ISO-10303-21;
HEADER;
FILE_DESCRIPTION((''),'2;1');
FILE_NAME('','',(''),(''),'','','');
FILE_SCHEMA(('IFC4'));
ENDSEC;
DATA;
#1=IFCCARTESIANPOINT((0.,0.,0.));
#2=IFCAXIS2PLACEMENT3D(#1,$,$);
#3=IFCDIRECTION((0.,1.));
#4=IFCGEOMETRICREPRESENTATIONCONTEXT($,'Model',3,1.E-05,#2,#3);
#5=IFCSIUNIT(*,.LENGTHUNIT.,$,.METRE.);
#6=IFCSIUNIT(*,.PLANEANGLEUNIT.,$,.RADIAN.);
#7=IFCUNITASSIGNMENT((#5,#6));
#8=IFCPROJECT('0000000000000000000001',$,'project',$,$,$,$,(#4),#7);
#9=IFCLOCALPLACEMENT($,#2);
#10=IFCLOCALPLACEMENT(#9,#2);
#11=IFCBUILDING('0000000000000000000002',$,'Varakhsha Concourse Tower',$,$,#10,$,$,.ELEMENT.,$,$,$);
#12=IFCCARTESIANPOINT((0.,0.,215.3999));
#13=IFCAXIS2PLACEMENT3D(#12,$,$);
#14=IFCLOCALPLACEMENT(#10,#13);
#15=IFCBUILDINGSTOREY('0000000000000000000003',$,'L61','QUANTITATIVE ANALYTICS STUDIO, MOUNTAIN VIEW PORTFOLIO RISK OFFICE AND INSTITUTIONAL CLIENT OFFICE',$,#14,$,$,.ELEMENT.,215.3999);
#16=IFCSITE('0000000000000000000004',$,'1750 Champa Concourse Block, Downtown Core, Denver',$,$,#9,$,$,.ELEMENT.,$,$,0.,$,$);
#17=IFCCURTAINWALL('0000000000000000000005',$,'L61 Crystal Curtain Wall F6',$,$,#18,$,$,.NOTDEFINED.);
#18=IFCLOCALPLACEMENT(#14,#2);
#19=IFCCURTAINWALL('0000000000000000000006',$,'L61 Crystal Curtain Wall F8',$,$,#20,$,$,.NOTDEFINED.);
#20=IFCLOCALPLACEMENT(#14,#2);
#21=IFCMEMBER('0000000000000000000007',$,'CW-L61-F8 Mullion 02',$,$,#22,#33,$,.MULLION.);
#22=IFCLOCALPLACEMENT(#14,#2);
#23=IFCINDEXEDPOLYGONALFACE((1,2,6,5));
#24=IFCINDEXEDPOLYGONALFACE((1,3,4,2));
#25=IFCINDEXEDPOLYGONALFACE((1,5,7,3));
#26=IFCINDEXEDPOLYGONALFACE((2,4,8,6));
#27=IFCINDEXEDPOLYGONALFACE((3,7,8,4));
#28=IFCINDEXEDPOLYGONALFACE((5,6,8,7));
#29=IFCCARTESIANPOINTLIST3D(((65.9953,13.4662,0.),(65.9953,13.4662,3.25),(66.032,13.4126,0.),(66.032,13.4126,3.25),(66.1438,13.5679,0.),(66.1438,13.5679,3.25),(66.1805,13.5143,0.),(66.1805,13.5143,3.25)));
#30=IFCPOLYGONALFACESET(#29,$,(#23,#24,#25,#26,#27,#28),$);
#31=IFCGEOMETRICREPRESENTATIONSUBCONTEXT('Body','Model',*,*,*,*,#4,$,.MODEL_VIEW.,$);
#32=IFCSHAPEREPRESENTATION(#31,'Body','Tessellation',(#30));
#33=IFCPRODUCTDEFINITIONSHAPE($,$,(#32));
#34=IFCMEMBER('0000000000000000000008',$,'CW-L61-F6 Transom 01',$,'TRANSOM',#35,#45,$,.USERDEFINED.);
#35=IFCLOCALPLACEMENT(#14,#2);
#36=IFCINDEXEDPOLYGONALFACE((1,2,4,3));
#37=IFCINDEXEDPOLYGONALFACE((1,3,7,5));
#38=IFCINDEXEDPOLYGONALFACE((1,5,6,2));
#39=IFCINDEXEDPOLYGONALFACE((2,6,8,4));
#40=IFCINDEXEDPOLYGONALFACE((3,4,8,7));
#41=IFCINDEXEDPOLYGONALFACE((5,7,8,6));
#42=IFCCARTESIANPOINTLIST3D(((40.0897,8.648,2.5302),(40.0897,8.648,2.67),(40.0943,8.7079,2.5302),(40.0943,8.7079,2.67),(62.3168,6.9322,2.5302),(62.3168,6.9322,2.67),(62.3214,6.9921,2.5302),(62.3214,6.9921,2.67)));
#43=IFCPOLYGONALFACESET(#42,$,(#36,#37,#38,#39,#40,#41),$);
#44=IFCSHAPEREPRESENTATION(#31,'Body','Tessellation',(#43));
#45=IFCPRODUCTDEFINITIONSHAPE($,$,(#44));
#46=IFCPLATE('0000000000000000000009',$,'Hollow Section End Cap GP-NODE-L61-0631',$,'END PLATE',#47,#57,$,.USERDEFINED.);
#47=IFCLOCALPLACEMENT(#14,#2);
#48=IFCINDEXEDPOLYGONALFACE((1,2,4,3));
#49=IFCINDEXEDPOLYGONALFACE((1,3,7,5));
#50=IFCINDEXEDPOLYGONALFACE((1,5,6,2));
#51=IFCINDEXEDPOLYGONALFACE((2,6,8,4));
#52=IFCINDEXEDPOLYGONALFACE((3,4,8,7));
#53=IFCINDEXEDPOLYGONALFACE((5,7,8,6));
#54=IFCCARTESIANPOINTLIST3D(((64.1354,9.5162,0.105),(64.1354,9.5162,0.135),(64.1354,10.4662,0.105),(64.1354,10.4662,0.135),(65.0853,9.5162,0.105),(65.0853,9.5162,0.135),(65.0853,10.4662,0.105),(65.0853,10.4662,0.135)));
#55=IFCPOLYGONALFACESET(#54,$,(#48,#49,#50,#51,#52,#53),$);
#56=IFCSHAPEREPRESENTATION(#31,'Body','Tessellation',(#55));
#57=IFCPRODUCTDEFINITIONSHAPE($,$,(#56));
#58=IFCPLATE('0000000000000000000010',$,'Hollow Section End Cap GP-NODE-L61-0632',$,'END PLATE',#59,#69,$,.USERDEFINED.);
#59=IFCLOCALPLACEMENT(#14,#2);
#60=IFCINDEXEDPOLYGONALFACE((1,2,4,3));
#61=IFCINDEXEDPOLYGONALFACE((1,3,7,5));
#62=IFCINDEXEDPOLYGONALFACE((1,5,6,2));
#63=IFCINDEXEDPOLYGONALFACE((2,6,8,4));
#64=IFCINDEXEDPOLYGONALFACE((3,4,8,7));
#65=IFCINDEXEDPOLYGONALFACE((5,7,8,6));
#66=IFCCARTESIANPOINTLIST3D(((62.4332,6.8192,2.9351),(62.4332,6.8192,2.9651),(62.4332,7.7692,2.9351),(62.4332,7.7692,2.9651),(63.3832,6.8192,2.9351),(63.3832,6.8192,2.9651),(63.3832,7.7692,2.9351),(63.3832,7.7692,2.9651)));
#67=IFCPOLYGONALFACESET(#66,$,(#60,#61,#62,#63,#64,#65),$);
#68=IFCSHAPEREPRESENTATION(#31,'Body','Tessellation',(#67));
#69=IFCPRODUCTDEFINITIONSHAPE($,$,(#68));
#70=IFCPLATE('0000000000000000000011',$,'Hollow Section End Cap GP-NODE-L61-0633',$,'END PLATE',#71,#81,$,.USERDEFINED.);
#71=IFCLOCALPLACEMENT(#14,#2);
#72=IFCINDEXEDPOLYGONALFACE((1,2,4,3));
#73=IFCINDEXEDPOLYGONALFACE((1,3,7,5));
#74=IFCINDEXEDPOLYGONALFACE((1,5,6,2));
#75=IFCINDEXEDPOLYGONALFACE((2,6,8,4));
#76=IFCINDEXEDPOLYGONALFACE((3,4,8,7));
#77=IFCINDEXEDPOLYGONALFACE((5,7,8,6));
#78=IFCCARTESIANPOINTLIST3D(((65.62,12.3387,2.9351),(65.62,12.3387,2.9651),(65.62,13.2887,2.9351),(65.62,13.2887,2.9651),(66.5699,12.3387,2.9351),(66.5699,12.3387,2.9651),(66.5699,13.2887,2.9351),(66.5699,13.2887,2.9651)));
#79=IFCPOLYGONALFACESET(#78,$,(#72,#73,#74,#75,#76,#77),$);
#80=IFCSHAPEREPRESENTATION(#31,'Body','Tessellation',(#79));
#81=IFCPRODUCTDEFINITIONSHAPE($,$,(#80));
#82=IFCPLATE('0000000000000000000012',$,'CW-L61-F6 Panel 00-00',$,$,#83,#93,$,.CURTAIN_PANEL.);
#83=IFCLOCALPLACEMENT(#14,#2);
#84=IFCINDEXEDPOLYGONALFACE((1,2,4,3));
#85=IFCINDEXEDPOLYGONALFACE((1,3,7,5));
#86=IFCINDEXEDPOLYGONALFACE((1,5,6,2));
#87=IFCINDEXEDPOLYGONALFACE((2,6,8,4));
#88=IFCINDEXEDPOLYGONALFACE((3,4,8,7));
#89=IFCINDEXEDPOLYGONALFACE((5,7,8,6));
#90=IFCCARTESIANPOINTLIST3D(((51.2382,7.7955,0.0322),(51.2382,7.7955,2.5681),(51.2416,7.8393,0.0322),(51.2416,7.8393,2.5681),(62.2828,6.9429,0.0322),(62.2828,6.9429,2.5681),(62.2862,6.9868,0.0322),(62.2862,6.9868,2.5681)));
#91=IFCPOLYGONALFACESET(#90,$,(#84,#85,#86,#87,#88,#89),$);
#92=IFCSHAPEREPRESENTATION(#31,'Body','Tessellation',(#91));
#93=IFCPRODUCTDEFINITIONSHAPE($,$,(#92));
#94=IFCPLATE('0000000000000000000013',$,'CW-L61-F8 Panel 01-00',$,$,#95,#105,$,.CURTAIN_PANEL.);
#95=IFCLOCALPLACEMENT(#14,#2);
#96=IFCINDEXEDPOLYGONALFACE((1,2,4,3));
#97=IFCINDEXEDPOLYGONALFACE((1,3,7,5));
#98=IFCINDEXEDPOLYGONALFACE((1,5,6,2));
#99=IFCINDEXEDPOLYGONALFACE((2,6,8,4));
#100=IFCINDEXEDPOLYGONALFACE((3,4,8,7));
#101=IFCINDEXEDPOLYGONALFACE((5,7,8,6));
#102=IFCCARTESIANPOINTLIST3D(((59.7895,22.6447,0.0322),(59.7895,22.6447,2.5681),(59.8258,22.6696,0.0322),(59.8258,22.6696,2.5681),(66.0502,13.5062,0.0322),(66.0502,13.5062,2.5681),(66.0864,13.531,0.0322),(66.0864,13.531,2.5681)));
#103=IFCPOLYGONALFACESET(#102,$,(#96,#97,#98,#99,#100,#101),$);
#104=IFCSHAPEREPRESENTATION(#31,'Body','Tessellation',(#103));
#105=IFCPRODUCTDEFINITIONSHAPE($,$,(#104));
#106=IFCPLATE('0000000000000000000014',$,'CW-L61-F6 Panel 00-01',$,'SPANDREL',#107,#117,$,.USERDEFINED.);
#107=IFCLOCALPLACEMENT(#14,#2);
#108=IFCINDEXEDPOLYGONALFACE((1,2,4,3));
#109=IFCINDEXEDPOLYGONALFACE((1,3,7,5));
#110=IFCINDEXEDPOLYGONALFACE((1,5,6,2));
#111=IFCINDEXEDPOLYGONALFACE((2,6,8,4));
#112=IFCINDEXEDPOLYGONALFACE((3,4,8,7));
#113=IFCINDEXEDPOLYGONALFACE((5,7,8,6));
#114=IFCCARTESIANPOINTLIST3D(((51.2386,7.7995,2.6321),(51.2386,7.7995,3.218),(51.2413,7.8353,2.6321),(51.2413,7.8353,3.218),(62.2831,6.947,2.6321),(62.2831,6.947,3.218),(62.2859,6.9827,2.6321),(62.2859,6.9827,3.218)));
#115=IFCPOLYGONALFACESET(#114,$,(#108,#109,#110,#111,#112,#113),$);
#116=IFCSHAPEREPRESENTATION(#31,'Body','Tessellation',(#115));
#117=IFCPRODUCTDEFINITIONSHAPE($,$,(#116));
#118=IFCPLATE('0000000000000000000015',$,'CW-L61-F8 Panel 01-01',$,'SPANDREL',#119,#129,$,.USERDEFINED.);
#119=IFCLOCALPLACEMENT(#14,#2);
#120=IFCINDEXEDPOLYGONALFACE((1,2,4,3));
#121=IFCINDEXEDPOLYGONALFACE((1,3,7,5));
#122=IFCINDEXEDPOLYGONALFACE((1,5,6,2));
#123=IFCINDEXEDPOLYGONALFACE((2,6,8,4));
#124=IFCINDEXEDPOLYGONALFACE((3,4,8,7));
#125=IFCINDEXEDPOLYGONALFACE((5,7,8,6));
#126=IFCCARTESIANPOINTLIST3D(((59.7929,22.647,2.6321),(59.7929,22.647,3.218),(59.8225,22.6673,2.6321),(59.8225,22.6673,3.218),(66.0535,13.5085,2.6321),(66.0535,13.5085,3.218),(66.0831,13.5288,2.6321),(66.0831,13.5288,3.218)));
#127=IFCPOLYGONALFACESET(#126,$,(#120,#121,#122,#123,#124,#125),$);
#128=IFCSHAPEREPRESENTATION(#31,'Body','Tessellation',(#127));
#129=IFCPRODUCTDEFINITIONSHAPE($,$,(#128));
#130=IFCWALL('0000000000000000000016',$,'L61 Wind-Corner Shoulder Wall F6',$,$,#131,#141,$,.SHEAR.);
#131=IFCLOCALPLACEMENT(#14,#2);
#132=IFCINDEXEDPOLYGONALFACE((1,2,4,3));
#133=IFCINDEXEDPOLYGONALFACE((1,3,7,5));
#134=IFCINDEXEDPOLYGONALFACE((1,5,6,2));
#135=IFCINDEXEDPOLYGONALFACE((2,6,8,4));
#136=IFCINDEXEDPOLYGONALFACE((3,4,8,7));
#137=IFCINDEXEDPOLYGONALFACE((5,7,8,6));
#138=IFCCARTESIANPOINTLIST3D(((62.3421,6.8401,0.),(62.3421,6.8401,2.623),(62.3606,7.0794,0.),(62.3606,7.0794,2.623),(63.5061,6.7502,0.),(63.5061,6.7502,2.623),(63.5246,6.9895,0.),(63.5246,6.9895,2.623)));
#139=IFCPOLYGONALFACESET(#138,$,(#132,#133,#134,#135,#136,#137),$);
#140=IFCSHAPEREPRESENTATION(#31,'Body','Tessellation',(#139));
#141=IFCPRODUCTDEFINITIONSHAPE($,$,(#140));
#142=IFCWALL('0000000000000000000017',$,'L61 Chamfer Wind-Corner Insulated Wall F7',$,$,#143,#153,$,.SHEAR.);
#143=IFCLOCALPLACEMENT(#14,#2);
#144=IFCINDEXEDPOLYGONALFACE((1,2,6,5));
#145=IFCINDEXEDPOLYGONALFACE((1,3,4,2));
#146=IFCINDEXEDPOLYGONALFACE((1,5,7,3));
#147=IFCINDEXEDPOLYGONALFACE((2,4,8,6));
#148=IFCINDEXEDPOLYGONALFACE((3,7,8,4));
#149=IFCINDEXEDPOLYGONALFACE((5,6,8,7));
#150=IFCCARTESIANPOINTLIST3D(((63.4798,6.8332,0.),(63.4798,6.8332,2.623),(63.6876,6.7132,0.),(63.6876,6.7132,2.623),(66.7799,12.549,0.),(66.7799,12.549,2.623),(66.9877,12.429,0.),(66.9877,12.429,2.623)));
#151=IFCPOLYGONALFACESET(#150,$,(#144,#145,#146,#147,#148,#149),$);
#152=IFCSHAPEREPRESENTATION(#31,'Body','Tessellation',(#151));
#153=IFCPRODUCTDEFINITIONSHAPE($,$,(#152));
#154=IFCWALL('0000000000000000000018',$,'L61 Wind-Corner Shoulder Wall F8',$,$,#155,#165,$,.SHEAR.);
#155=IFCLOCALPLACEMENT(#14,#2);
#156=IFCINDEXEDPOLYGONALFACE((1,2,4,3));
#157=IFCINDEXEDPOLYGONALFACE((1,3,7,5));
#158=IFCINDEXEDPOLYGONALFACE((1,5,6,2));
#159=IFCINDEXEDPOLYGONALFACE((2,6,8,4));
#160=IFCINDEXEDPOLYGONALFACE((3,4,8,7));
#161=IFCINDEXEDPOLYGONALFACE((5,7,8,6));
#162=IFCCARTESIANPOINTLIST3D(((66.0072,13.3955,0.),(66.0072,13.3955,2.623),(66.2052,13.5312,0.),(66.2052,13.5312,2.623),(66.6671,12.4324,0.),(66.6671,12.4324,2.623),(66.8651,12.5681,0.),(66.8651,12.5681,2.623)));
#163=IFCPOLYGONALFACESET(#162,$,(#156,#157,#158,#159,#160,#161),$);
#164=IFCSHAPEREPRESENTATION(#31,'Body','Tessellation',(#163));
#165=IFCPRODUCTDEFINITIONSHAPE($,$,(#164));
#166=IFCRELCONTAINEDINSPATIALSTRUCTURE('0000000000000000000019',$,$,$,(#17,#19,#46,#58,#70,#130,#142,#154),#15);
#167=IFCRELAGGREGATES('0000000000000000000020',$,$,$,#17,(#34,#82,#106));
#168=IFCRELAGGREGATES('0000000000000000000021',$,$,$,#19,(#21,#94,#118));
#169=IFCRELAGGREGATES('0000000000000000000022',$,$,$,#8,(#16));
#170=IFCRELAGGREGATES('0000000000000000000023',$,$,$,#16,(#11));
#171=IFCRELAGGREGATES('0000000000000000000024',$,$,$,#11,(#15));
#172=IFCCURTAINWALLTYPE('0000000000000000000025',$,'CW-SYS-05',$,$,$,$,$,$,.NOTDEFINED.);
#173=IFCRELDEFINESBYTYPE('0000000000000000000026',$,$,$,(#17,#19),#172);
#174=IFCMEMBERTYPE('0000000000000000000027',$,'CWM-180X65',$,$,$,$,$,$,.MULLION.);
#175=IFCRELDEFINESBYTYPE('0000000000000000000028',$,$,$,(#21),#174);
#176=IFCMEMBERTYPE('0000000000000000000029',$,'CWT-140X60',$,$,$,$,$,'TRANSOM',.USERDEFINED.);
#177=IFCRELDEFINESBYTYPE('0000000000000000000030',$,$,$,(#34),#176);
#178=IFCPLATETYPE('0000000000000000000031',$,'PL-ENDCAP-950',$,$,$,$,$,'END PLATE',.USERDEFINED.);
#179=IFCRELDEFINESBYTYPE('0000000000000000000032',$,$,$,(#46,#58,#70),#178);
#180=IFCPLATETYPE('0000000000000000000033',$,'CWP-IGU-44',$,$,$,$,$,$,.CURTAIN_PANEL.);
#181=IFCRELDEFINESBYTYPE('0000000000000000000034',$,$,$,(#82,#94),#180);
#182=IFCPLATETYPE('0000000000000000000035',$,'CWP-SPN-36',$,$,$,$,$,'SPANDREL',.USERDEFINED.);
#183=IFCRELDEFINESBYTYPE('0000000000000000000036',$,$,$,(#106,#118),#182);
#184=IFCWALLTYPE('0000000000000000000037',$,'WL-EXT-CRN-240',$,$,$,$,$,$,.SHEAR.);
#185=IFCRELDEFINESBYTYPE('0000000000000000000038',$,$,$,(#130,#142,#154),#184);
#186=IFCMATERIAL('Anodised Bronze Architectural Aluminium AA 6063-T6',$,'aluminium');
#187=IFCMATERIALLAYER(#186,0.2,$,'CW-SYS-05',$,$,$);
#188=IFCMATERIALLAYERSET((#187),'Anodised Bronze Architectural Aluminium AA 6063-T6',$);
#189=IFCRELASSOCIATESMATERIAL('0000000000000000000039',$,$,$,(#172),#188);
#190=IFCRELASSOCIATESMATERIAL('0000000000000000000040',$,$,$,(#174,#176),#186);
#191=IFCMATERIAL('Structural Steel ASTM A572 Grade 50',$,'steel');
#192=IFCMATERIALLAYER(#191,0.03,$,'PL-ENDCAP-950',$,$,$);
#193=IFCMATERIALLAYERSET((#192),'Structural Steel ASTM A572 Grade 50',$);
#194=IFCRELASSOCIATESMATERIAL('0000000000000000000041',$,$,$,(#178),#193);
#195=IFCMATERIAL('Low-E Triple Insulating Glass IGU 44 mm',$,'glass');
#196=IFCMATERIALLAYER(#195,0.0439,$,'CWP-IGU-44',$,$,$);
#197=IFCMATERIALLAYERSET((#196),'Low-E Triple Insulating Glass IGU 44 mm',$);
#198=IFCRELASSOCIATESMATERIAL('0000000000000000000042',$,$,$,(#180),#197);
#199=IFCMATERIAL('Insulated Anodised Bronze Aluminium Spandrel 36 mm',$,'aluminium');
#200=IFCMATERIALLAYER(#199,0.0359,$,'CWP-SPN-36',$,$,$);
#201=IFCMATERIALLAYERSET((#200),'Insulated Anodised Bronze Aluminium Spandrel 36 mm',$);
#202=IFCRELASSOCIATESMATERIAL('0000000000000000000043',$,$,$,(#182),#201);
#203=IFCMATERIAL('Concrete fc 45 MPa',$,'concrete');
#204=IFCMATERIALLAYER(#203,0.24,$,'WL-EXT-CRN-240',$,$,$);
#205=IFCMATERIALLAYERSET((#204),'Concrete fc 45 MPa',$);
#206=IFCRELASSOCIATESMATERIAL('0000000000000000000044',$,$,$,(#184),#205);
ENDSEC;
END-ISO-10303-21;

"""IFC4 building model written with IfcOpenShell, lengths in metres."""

from ifc_helpers import new_model, si_unit, direction, frame, frame_2d, origin, origin_2d, place, context, subcontext, project, spatial, rectangle, extrude, source, transform, mapped, material, layer, layer_set, material_profile, profile_set, type_object, type_shapes, element, aggregate, save


model = new_model("IFC4")

# Units and contexts
model_context = context("Model", 3, precision=1e-05, world=origin(), true_north=direction((0.0, 1.0)))
body_context = subcontext(model_context, "Body", "Model", "MODEL_VIEW")
ifc_project = project(units=[si_unit("LENGTHUNIT", "METRE"), si_unit("PLANEANGLEUNIT", "RADIAN")], contexts=[model_context])

# Site, building, storey
site_placement = place(None, origin())
site = spatial("IfcSite", under=ifc_project, at=site_placement, Name="1750 Champa Concourse Block, Downtown Core, Denver", CompositionType="ELEMENT", RefElevation=0.0)
building_placement = place(site_placement, origin())
building = spatial("IfcBuilding", under=site, at=building_placement, Name="Varakhsha Concourse Tower", CompositionType="ELEMENT")
storey_placement = place(building_placement, frame((0.0, 0.0, 215.3999)))
storey = spatial("IfcBuildingStorey", under=building, at=storey_placement, Name="L61", Description="QUANTITATIVE ANALYTICS STUDIO, MOUNTAIN VIEW PORTFOLIO RISK OFFICE AND INSTITUTIONAL CLIENT OFFICE", CompositionType="ELEMENT", Elevation=215.3999)

# Shared definitions
ifc_material_1 = material(Name="Structural Steel ASTM A572 Grade 50", Category="steel")

# Curtain walls, member
ifc_material_2 = material(Name="Anodised Bronze Architectural Aluminium AA 6063-T6", Category="aluminium")
ifc_layer_1 = layer(ifc_material_2, 0.2, Name="CW-SYS-05")
ifc_layer_set_1 = layer_set([ifc_layer_1], Name="Anodised Bronze Architectural Aluminium AA 6063-T6")
curtain_wall_type = type_object("IfcCurtainWallType", Name="CW-SYS-05", PredefinedType="NOTDEFINED", material=ifc_layer_set_1)
curtain_wall_1_placement = place(storey_placement, origin())
curtain_wall_1 = element("IfcCurtainWall", 1, at=curtain_wall_1_placement, inside=storey, type_object=curtain_wall_type, Name="L61 Crystal Curtain Wall F6", PredefinedType="NOTDEFINED")
ifc_material_profile_1 = material_profile(ifc_material_2, rectangle(XDim=0.0649, YDim=0.1799, at=origin_2d()), Name="CWM-180X65")
ifc_profile_set_1 = profile_set([ifc_material_profile_1], Name="Anodised Bronze Architectural Aluminium AA 6063-T6")
member_type_1 = type_object("IfcMemberType", Name="CWM-180X65", PredefinedType="MULLION", material=ifc_profile_set_1)
shared_shape_1 = source(origin(), body_context, "Body", "SweptSolid", [
    extrude(rectangle(XDim=0.0649, YDim=0.1799, at=origin_2d()), origin(), (0.0, 0.0, 1.0), 3.25),
])
type_shapes(member_type_1, [shared_shape_1])
curtain_wall_2_placement = place(storey_placement, origin())
curtain_wall_2 = element("IfcCurtainWall", 2, at=curtain_wall_2_placement, inside=storey, type_object=curtain_wall_type, Name="L61 Crystal Curtain Wall F8", PredefinedType="NOTDEFINED")
member_1_placement = place(storey_placement, frame((66.0879, 13.4902, 0.0), z_axis=(0.0, 0.0, 1.0), x_axis=(0.565173, -0.824972, 0.0)))
member_1 = element("IfcMember", 3, at=member_1_placement, type_object=member_type_1, Name="CW-L61-F8 Mullion 02", PredefinedType="MULLION", context=body_context, shape_type="MappedRepresentation", body=[
    mapped(shared_shape_1, transform((0.0, 0.0, 0.0), scale=1.0)),
])

# Member
ifc_material_profile_2 = material_profile(ifc_material_2, rectangle(XDim=0.0601, YDim=0.1399, at=origin_2d()), Name="CWT-140X60")
ifc_profile_set_2 = profile_set([ifc_material_profile_2], Name="Anodised Bronze Architectural Aluminium AA 6063-T6")
member_type_2 = type_object("IfcMemberType", Name="CWT-140X60", ElementType="TRANSOM", PredefinedType="USERDEFINED", material=ifc_profile_set_2)
shared_shape_2 = source(origin(), body_context, "Body", "SweptSolid", [
    extrude(rectangle(XDim=0.0601, YDim=0.1399, at=origin_2d()), origin(), (0.0, 0.0, 1.0), 22.2932),
])
type_shapes(member_type_2, [shared_shape_2])
member_2_placement = place(storey_placement, frame((62.3191, 6.9622, 2.6001), z_axis=(-0.997034, 0.076966, 0.0), x_axis=(-0.076966, -0.997034, 0.0)))
member_2 = element("IfcMember", 4, at=member_2_placement, type_object=member_type_2, Name="CW-L61-F6 Transom 01", ObjectType="TRANSOM", PredefinedType="USERDEFINED", context=body_context, shape_type="MappedRepresentation", body=[
    mapped(shared_shape_2, transform((0.0, 0.0, 0.0), scale=1.0)),
])

# Plates
ifc_layer_2 = layer(ifc_material_1, 0.03, Name="PL-ENDCAP-950")
ifc_layer_set_2 = layer_set([ifc_layer_2], Name="Structural Steel ASTM A572 Grade 50")
plate_type_1 = type_object("IfcPlateType", Name="PL-ENDCAP-950", ElementType="END PLATE", PredefinedType="USERDEFINED", material=ifc_layer_set_2)
shared_shape_3 = source(origin(), body_context, "Body", "SweptSolid", [
    extrude(rectangle(XDim=0.95, YDim=0.95, at=origin_2d()), origin(), (0.0, 0.0, 1.0), 0.03),
])
type_shapes(plate_type_1, [shared_shape_3])
for number, where, z_axis, x_axis, name in (
    (5, (64.6104, 9.9912, 0.105), (0.0, 0.0, 1.0), (1.0, 0.0, 0.0), "Hollow Section End Cap GP-NODE-L61-0631"),
    (6, (62.9082, 7.2942, 2.9351), (0.0, 0.0, 1.0), (1.0, 0.0, 0.0), "Hollow Section End Cap GP-NODE-L61-0632"),
    (7, (66.095, 12.8137, 2.9351), (0.0, 0.0, 1.0), (1.0, 0.0, 0.0), "Hollow Section End Cap GP-NODE-L61-0633"),
):
    element("IfcPlate", number, at=place(storey_placement, frame(where, z_axis=z_axis, x_axis=x_axis)), inside=storey, type_object=plate_type_1, Name=name, ObjectType="END PLATE", PredefinedType="USERDEFINED", context=body_context, shape_type="MappedRepresentation", body=[
        mapped(shared_shape_3, transform((0.0, 0.0, 0.0), scale=1.0)),
    ])

# Plates
ifc_material_3 = material(Name="Low-E Triple Insulating Glass IGU 44 mm", Category="glass")
ifc_layer_3 = layer(ifc_material_3, 0.0439, Name="CWP-IGU-44")
ifc_layer_set_3 = layer_set([ifc_layer_3], Name="Low-E Triple Insulating Glass IGU 44 mm")
plate_type_2 = type_object("IfcPlateType", Name="CWP-IGU-44", PredefinedType="CURTAIN_PANEL", material=ifc_layer_set_3)
shared_shape_4 = source(origin(), body_context, "Body", "SweptSolid", [
    extrude(rectangle(XDim=11.0774, YDim=0.0439, at=origin_2d()), origin(), (0.0, 0.0, 1.0), 2.5359),
])
type_shapes(plate_type_2, [shared_shape_4])
plate_1_placement = place(storey_placement, frame((56.7622, 7.3911, 0.0322), z_axis=(0.0, 0.0, 1.0), x_axis=(-0.997034, 0.076961, 0.0)))
plate_1 = element("IfcPlate", 8, at=plate_1_placement, type_object=plate_type_2, Name="CW-L61-F6 Panel 00-00", PredefinedType="CURTAIN_PANEL", context=body_context, shape_type="MappedRepresentation", body=[
    mapped(shared_shape_4, transform((0.0, 0.0, 0.0), scale=1.0)),
])
plate_2_placement = place(storey_placement, frame((62.938, 18.0879, 0.0322), z_axis=(0.0, 0.0, 1.0), x_axis=(0.565173, -0.824972, 0.0)))
plate_2 = element("IfcPlate", 9, at=plate_2_placement, type_object=plate_type_2, Name="CW-L61-F8 Panel 01-00", PredefinedType="CURTAIN_PANEL", context=body_context, shape_type="MappedRepresentation", body=[
    mapped(shared_shape_4, transform((0.0, 0.0, 0.0), scale=1.0)),
])
ifc_material_4 = material(Name="Insulated Anodised Bronze Aluminium Spandrel 36 mm", Category="aluminium")
ifc_layer_4 = layer(ifc_material_4, 0.0359, Name="CWP-SPN-36")
ifc_layer_set_4 = layer_set([ifc_layer_4], Name="Insulated Anodised Bronze Aluminium Spandrel 36 mm")
plate_type_3 = type_object("IfcPlateType", Name="CWP-SPN-36", ElementType="SPANDREL", PredefinedType="USERDEFINED", material=ifc_layer_set_4)
shared_shape_5 = source(origin(), body_context, "Body", "SweptSolid", [
    extrude(rectangle(XDim=11.0774, YDim=0.0359, at=origin_2d()), origin(), (0.0, 0.0, 1.0), 0.5859),
])
type_shapes(plate_type_3, [shared_shape_5])
plate_3_placement = place(storey_placement, frame((56.7622, 7.3911, 2.6321), z_axis=(0.0, 0.0, 1.0), x_axis=(-0.997034, 0.076961, 0.0)))
plate_3 = element("IfcPlate", 10, at=plate_3_placement, type_object=plate_type_3, Name="CW-L61-F6 Panel 00-01", ObjectType="SPANDREL", PredefinedType="USERDEFINED", context=body_context, shape_type="MappedRepresentation", body=[
    mapped(shared_shape_5, transform((0.0, 0.0, 0.0), scale=1.0)),
])
aggregate(curtain_wall_1, [member_2, plate_1, plate_3])
plate_4_placement = place(storey_placement, frame((62.938, 18.0879, 2.6321), z_axis=(0.0, 0.0, 1.0), x_axis=(0.565173, -0.824972, 0.0)))
plate_4 = element("IfcPlate", 11, at=plate_4_placement, type_object=plate_type_3, Name="CW-L61-F8 Panel 01-01", ObjectType="SPANDREL", PredefinedType="USERDEFINED", context=body_context, shape_type="MappedRepresentation", body=[
    mapped(shared_shape_5, transform((0.0, 0.0, 0.0), scale=1.0)),
])
aggregate(curtain_wall_2, [member_1, plate_2, plate_4])

# Walls
ifc_material_5 = material(Name="Concrete fc 45 MPa", Category="concrete")
ifc_layer_5 = layer(ifc_material_5, 0.24, Name="WL-EXT-CRN-240")
ifc_layer_set_5 = layer_set([ifc_layer_5], Name="Concrete fc 45 MPa")
wall_type = type_object("IfcWallType", Name="WL-EXT-CRN-240", PredefinedType="SHEAR", material=ifc_layer_set_5)
wall_1_placement = place(storey_placement, frame((62.3513, 6.9597, 0.0), z_axis=(0.0, 0.0, 1.0), x_axis=(0.997035, -0.076952, 0.0)))
element("IfcWall", 12, at=wall_1_placement, inside=storey, type_object=wall_type, Name="L61 Wind-Corner Shoulder Wall F6", PredefinedType="SHEAR", context=body_context, shape_type="SweptSolid", body=[
    extrude(rectangle(XDim=1.1675, YDim=0.24, at=frame_2d((0.5837, 0.0))), origin(), (0.0, 0.0, 1.0), 2.623),
])
wall_2_placement = place(storey_placement, frame((66.8838, 12.489, 0.0), z_axis=(0.0, 0.0, 1.0), x_axis=(-0.500002, -0.866024, 0.0)))
element("IfcWall", 13, at=wall_2_placement, inside=storey, type_object=wall_type, Name="L61 Chamfer Wind-Corner Insulated Wall F7", PredefinedType="SHEAR", context=body_context, shape_type="SweptSolid", body=[
    extrude(rectangle(XDim=6.6001, YDim=0.24, at=frame_2d((3.3, 0.0))), origin(), (0.0, 0.0, 1.0), 2.623),
])
wall_3_placement = place(storey_placement, frame((66.7661, 12.5002, 0.0), z_axis=(0.0, 0.0, 1.0), x_axis=(-0.565224, 0.824938, 0.0)))
element("IfcWall", 14, at=wall_3_placement, inside=storey, type_object=wall_type, Name="L61 Wind-Corner Shoulder Wall F8", PredefinedType="SHEAR", context=body_context, shape_type="SweptSolid", body=[
    extrude(rectangle(XDim=1.1675, YDim=0.24, at=frame_2d((0.5837, 0.0))), origin(), (0.0, 0.0, 1.0), 2.623),
])

save(model, "model.ifc")
